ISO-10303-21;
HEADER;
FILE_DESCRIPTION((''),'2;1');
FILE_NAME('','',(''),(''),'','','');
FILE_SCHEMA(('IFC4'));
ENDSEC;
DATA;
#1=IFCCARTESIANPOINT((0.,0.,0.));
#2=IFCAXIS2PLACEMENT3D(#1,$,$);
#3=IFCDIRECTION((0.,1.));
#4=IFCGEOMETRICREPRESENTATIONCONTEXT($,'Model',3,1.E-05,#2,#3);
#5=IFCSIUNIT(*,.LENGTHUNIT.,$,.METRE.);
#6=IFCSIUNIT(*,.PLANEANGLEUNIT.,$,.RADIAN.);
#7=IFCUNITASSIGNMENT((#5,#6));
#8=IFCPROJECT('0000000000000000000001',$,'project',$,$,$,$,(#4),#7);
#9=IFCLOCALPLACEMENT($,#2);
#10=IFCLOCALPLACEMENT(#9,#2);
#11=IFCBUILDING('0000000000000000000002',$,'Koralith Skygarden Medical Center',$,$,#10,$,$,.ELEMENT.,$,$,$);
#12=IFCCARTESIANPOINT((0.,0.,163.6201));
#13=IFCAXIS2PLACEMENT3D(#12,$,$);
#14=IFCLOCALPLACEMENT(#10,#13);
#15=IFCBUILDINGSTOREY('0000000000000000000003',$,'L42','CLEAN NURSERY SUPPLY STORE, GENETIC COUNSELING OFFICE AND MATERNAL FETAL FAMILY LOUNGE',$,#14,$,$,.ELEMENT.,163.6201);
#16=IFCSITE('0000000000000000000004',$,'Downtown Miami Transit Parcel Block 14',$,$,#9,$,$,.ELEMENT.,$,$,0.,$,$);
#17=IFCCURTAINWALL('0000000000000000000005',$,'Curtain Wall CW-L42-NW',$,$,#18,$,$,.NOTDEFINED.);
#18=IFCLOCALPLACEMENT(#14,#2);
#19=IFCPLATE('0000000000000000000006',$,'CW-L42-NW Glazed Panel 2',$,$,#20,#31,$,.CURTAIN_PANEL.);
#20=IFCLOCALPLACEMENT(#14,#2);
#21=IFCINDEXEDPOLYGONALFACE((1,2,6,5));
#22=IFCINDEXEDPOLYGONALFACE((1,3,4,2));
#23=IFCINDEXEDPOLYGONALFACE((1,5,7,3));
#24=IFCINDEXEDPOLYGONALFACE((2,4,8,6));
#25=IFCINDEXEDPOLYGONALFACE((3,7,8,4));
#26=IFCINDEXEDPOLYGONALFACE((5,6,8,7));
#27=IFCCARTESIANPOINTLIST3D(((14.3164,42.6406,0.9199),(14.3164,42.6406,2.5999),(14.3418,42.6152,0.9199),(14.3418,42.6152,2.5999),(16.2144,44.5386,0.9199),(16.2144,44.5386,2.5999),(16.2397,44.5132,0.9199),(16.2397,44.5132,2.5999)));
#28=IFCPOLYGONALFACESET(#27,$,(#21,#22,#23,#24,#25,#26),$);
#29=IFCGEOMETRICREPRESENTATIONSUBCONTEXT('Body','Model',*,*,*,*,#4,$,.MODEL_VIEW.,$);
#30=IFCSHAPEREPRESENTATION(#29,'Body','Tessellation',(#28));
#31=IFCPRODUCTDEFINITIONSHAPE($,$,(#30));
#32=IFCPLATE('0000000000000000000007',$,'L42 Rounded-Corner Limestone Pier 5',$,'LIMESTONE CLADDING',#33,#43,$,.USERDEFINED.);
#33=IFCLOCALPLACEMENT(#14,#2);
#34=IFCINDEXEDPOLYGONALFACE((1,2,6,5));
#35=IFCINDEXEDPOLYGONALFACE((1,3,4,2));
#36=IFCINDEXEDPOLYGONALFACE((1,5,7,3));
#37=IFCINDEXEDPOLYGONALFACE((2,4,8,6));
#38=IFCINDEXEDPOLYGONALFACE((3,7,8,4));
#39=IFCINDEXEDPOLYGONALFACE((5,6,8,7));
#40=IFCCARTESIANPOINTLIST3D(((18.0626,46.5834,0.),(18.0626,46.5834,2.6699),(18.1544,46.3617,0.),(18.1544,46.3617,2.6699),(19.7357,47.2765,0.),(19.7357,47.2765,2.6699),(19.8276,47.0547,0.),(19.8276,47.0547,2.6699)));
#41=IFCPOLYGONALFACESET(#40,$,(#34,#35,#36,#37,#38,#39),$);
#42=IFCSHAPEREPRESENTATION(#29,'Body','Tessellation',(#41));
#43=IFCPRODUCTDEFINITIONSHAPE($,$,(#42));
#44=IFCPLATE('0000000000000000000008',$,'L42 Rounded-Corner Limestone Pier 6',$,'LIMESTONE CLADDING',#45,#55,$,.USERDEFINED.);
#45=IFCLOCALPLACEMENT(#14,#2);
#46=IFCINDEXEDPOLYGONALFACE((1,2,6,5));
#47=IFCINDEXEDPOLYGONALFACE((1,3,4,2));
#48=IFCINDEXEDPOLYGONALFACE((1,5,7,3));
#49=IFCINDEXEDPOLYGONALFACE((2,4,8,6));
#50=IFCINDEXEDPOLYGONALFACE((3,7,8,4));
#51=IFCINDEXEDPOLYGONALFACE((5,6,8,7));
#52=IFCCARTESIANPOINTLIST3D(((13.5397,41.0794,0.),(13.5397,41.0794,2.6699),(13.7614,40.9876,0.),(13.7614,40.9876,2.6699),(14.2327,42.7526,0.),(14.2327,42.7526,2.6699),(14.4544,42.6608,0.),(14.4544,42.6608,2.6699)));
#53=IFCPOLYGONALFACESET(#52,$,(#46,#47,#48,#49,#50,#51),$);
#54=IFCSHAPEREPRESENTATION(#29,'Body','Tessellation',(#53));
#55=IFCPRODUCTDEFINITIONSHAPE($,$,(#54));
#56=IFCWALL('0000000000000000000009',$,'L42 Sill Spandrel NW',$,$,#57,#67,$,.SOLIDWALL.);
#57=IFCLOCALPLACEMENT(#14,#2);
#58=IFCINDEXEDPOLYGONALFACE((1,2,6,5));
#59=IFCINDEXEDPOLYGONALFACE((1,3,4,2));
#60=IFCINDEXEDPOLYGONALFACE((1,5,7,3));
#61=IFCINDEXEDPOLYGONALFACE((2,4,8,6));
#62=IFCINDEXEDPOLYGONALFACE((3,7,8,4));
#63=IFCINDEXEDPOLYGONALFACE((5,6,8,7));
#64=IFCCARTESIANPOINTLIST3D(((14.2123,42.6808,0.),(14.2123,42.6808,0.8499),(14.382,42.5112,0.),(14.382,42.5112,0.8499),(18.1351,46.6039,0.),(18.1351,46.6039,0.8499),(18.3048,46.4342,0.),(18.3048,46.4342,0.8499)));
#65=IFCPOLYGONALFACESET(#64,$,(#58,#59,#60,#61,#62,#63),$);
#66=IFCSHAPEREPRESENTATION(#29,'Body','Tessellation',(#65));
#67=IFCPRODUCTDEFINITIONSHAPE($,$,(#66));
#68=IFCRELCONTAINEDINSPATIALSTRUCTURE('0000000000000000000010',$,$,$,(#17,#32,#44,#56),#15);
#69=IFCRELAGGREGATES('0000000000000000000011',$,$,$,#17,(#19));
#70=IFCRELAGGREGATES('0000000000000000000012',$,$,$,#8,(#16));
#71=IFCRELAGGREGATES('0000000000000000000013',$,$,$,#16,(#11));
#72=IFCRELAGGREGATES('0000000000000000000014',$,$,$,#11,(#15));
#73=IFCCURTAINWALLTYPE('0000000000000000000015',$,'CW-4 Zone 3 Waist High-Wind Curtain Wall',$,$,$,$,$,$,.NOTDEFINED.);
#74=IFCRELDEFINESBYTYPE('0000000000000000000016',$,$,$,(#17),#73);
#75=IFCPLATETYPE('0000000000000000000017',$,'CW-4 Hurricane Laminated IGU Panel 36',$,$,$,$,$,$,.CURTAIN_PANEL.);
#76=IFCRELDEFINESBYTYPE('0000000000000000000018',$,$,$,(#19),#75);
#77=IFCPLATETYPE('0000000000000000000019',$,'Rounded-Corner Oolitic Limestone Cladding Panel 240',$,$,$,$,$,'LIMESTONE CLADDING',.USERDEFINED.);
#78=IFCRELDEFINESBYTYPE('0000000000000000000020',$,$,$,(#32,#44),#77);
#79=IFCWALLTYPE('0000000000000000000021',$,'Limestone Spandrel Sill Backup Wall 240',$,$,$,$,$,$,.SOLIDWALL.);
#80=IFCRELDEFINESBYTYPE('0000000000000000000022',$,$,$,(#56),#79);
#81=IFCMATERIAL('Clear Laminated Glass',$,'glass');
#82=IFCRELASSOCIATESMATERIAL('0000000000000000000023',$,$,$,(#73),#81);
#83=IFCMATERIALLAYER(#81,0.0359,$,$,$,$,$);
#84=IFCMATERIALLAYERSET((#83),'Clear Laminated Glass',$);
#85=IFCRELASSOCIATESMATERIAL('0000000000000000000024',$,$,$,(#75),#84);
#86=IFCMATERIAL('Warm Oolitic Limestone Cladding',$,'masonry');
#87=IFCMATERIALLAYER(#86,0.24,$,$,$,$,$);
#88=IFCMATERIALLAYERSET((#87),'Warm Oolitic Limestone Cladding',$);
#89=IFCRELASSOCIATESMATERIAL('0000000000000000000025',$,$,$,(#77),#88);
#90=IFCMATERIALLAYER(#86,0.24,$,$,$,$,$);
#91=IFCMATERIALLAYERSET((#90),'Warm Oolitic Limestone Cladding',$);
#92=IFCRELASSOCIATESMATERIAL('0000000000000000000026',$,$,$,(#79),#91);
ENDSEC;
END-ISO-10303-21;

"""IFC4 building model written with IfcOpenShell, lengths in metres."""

from ifc_helpers import new_model, si_unit, direction, frame, frame_2d, origin, origin_2d, place, context, subcontext, project, spatial, rectangle, extrude, material, layer, layer_set, type_object, element, aggregate, save


model = new_model("IFC4")

# Units and contexts
model_context = context("Model", 3, precision=1e-05, world=origin(), true_north=direction((0.0, 1.0)))
body_context = subcontext(model_context, "Body", "Model", "MODEL_VIEW")
ifc_project = project(units=[si_unit("LENGTHUNIT", "METRE"), si_unit("PLANEANGLEUNIT", "RADIAN")], contexts=[model_context])

# Site, building, storey
site_placement = place(None, origin())
site = spatial("IfcSite", under=ifc_project, at=site_placement, Name="Downtown Miami Transit Parcel Block 14", CompositionType="ELEMENT", RefElevation=0.0)
building_placement = place(site_placement, origin())
building = spatial("IfcBuilding", under=site, at=building_placement, Name="Koralith Skygarden Medical Center", CompositionType="ELEMENT")
storey_placement = place(building_placement, frame((0.0, 0.0, 163.6201)))
storey = spatial("IfcBuildingStorey", under=building, at=storey_placement, Name="L42", Description="CLEAN NURSERY SUPPLY STORE, GENETIC COUNSELING OFFICE AND MATERNAL FETAL FAMILY LOUNGE", CompositionType="ELEMENT", Elevation=163.6201)

# Shared definitions
ifc_material_1 = material(Name="Clear Laminated Glass", Category="glass")
curtain_wall_type = type_object("IfcCurtainWallType", Name="CW-4 Zone 3 Waist High-Wind Curtain Wall", PredefinedType="NOTDEFINED", material=ifc_material_1)

# Curtain wall
curtain_wall_1_placement = place(storey_placement, origin())
curtain_wall_1 = element("IfcCurtainWall", 1, at=curtain_wall_1_placement, inside=storey, type_object=curtain_wall_type, Name="Curtain Wall CW-L42-NW", PredefinedType="NOTDEFINED")

# Plate
ifc_layer_1 = layer(ifc_material_1, 0.0359)
ifc_layer_set_1 = layer_set([ifc_layer_1], Name="Clear Laminated Glass")
plate_type_1 = type_object("IfcPlateType", Name="CW-4 Hurricane Laminated IGU Panel 36", PredefinedType="CURTAIN_PANEL", material=ifc_layer_set_1)
plate_1_placement = place(storey_placement, frame((15.2781, 43.5769, 0.9199), z_axis=(0.0, 0.0, 1.0), x_axis=(-0.707107, -0.707107, 0.0)))
plate_1 = element("IfcPlate", 2, at=plate_1_placement, type_object=plate_type_1, Name="CW-L42-NW Glazed Panel 2", PredefinedType="CURTAIN_PANEL", context=body_context, shape_type="SweptSolid", body=[
    extrude(rectangle(XDim=2.6841, YDim=0.0359, at=origin_2d()), origin(), (0.0, 0.0, 1.0), 1.6799),
])
aggregate(curtain_wall_1, [plate_1])

# Plates
ifc_material_2 = material(Name="Warm Oolitic Limestone Cladding", Category="masonry")
ifc_layer_2 = layer(ifc_material_2, 0.24)
ifc_layer_set_2 = layer_set([ifc_layer_2], Name="Warm Oolitic Limestone Cladding")
plate_type_2 = type_object("IfcPlateType", Name="Rounded-Corner Oolitic Limestone Cladding Panel 240", ElementType="LIMESTONE CLADDING", PredefinedType="USERDEFINED", material=ifc_layer_set_2)
for number, where, z_axis, x_axis, name in (
    (3, (18.9451, 46.8191, 0.0), (0.0, 0.0, 1.0), (-0.923885, -0.382671, 0.0), "L42 Rounded-Corner Limestone Pier 5"),
    (4, (13.9971, 41.8701, 0.0), (0.0, 0.0, 1.0), (-0.382671, -0.923885, 0.0), "L42 Rounded-Corner Limestone Pier 6"),
):
    element("IfcPlate", number, at=place(storey_placement, frame(where, z_axis=z_axis, x_axis=x_axis)), inside=storey, type_object=plate_type_2, Name=name, ObjectType="LIMESTONE CLADDING", PredefinedType="USERDEFINED", context=body_context, shape_type="SweptSolid", body=[
        extrude(rectangle(XDim=1.811, YDim=0.24, at=origin_2d()), origin(), (0.0, 0.0, 1.0), 2.6699),
    ])

# Wall
ifc_layer_3 = layer(ifc_material_2, 0.24)
ifc_layer_set_3 = layer_set([ifc_layer_3], Name="Warm Oolitic Limestone Cladding")
wall_type = type_object("IfcWallType", Name="Limestone Spandrel Sill Backup Wall 240", PredefinedType="SOLIDWALL", material=ifc_layer_set_3)
wall_placement = place(storey_placement, frame((18.22, 46.519, 0.0), z_axis=(0.0, 0.0, 1.0), x_axis=(-0.707085, -0.707129, 0.0)))
element("IfcWall", 5, at=wall_placement, inside=storey, type_object=wall_type, Name="L42 Sill Spandrel NW", PredefinedType="SOLIDWALL", context=body_context, shape_type="SweptSolid", body=[
    extrude(rectangle(XDim=5.5479, YDim=0.24, at=frame_2d((2.7739, 0.0))), origin(), (0.0, 0.0, 1.0), 0.8499),
])

save(model, "model.ifc")
